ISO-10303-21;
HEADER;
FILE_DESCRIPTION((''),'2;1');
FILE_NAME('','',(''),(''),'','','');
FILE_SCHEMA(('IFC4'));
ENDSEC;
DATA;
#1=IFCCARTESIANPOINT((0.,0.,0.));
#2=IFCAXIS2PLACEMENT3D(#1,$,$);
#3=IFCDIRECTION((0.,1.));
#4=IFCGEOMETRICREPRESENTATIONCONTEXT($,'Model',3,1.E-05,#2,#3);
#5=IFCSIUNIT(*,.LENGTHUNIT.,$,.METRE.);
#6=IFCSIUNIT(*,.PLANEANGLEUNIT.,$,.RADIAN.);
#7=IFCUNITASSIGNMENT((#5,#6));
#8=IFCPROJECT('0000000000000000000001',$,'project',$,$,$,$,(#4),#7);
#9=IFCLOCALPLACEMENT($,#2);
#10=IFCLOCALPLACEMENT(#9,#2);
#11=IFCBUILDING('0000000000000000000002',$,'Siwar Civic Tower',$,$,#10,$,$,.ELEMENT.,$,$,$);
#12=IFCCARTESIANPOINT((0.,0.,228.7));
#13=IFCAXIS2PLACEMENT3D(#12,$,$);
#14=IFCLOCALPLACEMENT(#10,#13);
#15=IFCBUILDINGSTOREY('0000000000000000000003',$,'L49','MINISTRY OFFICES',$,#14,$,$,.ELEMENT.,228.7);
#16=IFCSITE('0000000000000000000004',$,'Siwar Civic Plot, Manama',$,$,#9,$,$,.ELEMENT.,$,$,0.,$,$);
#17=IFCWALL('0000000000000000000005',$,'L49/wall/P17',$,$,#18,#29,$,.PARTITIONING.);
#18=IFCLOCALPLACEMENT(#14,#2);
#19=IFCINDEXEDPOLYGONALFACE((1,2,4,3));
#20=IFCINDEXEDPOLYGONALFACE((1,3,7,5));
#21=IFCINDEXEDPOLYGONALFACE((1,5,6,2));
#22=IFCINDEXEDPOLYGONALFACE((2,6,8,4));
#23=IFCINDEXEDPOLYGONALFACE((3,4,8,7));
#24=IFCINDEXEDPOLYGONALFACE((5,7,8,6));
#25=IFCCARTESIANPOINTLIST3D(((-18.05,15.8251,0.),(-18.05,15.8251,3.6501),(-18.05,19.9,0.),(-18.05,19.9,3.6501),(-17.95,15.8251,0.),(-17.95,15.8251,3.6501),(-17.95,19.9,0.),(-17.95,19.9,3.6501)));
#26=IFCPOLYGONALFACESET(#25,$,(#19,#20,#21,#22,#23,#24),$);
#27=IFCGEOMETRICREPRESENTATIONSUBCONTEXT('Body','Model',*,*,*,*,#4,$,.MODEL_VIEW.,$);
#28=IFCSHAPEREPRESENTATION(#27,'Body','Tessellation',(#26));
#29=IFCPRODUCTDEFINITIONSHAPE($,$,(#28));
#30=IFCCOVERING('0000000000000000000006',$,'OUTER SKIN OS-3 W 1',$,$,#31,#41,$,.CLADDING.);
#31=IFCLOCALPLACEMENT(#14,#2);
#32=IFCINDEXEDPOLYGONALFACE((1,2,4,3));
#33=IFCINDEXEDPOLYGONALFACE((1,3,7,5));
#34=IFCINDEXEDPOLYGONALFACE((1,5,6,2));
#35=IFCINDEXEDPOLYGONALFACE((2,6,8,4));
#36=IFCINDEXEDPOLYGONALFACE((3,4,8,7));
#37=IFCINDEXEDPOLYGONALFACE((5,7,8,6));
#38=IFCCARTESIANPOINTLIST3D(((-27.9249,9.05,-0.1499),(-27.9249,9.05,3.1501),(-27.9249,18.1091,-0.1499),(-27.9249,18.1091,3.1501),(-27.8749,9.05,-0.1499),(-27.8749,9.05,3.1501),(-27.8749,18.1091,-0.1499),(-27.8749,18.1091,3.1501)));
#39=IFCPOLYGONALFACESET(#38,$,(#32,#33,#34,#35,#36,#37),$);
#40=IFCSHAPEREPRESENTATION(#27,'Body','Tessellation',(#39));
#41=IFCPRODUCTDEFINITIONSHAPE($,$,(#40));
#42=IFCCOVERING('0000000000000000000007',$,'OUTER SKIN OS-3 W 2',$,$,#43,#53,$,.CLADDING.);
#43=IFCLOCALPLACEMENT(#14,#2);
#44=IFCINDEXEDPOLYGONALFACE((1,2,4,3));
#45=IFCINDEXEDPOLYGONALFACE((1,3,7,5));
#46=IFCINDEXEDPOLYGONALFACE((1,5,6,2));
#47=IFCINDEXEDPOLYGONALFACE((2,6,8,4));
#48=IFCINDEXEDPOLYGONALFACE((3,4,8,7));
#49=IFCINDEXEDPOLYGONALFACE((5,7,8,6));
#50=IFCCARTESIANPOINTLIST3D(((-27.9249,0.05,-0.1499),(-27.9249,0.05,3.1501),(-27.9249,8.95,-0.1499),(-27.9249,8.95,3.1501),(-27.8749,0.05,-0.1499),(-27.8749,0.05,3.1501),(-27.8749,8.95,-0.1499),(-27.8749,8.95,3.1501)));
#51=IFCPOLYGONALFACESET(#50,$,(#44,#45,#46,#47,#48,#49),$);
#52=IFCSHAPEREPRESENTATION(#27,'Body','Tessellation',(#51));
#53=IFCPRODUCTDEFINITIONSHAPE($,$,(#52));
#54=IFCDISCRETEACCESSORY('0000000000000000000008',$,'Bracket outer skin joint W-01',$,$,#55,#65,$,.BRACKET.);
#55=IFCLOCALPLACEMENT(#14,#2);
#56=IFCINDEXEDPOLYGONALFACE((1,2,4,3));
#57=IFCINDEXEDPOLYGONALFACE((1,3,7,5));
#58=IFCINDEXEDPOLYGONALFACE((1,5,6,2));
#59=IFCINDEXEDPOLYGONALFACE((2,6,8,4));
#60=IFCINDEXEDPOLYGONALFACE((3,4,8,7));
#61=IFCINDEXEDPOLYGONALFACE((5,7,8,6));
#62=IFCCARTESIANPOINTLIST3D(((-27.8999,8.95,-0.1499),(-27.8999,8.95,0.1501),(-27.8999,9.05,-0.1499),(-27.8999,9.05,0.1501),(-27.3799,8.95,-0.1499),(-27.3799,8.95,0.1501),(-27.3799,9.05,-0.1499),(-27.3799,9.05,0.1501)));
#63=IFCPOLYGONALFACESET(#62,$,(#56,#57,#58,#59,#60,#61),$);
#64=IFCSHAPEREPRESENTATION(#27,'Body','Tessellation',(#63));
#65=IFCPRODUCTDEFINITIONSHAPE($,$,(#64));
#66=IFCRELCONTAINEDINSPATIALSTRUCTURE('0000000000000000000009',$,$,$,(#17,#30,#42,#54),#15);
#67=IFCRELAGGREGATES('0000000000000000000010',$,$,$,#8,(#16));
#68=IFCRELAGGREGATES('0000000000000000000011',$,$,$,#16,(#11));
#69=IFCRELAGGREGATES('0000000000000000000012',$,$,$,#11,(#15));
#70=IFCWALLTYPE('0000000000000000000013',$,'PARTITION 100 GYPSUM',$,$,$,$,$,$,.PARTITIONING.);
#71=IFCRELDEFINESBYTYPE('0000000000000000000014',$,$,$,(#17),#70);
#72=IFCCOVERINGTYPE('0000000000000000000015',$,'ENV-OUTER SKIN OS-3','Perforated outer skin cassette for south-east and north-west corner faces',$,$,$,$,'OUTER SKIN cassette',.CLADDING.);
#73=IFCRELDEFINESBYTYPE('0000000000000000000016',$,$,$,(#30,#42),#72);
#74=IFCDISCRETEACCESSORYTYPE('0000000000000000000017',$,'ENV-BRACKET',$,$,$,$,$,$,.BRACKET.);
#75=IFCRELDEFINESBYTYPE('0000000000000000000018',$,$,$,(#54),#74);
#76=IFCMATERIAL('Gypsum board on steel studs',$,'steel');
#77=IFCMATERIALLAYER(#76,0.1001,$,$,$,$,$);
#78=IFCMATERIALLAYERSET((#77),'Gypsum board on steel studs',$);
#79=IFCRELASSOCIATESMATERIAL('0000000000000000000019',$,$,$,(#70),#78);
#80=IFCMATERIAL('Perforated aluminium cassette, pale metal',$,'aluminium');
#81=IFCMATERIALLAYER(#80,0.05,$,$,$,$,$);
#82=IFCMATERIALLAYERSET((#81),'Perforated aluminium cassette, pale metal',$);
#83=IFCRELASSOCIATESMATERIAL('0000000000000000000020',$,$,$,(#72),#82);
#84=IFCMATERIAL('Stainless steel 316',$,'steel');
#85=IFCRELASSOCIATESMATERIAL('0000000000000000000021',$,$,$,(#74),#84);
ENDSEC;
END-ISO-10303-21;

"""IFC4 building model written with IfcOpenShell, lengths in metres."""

from ifc_helpers import new_model, si_unit, direction, frame, frame_2d, origin, origin_2d, place, context, subcontext, project, spatial, rectangle, extrude, material, layer, layer_set, type_object, element, save


model = new_model("IFC4")

# Units and contexts
model_context = context("Model", 3, precision=1e-05, world=origin(), true_north=direction((0.0, 1.0)))
body_context = subcontext(model_context, "Body", "Model", "MODEL_VIEW")
ifc_project = project(units=[si_unit("LENGTHUNIT", "METRE"), si_unit("PLANEANGLEUNIT", "RADIAN")], contexts=[model_context])

# Site, building, storey
site_placement = place(None, origin())
site = spatial("IfcSite", under=ifc_project, at=site_placement, Name="Siwar Civic Plot, Manama", CompositionType="ELEMENT", RefElevation=0.0)
building_placement = place(site_placement, origin())
building = spatial("IfcBuilding", under=site, at=building_placement, Name="Siwar Civic Tower", CompositionType="ELEMENT")
storey_placement = place(building_placement, frame((0.0, 0.0, 228.7)))
storey = spatial("IfcBuildingStorey", under=building, at=storey_placement, Name="L49", Description="MINISTRY OFFICES", CompositionType="ELEMENT", Elevation=228.7)

# Wall
ifc_material_1 = material(Name="Gypsum board on steel studs", Category="steel")
ifc_layer_1 = layer(ifc_material_1, 0.1001)
ifc_layer_set_1 = layer_set([ifc_layer_1], Name="Gypsum board on steel studs")
wall_type_1 = type_object("IfcWallType", Name="PARTITION 100 GYPSUM", PredefinedType="PARTITIONING", material=ifc_layer_set_1)
wall_1_placement = place(storey_placement, frame((-18.0, 15.825, 0.0), z_axis=(0.0, 0.0, 1.0), x_axis=(0.0, 1.0, 0.0)))
element("IfcWall", 1, at=wall_1_placement, inside=storey, type_object=wall_type_1, Name="L49/wall/P17", PredefinedType="PARTITIONING", context=body_context, shape_type="SweptSolid", body=[
    extrude(rectangle(XDim=4.075, YDim=0.1001, at=frame_2d((2.0376, 0.0))), origin(), (0.0, 0.0, 1.0), 3.6501),
])

# Coverings
ifc_material_2 = material(Name="Perforated aluminium cassette, pale metal", Category="aluminium")
ifc_layer_2 = layer(ifc_material_2, 0.05)
ifc_layer_set_2 = layer_set([ifc_layer_2], Name="Perforated aluminium cassette, pale metal")
covering_type = type_object("IfcCoveringType", Name="ENV-OUTER SKIN OS-3", Description="Perforated outer skin cassette for south-east and north-west corner faces", ElementType="OUTER SKIN cassette", PredefinedType="CLADDING", material=ifc_layer_set_2)
covering_1_placement = place(storey_placement, frame((-27.8999, 13.5796, -0.1499), z_axis=(0.0, 0.0, 1.0), x_axis=(0.0, -1.0, 0.0)))
element("IfcCovering", 2, at=covering_1_placement, inside=storey, type_object=covering_type, Name="OUTER SKIN OS-3 W 1", PredefinedType="CLADDING", context=body_context, shape_type="SweptSolid", body=[
    extrude(rectangle(XDim=9.0591, YDim=0.05, at=origin_2d()), origin(), (0.0, 0.0, 1.0), 3.3),
])
covering_2_placement = place(storey_placement, frame((-27.8999, 4.5, -0.1499), z_axis=(0.0, 0.0, 1.0), x_axis=(0.0, -1.0, 0.0)))
element("IfcCovering", 3, at=covering_2_placement, inside=storey, type_object=covering_type, Name="OUTER SKIN OS-3 W 2", PredefinedType="CLADDING", context=body_context, shape_type="SweptSolid", body=[
    extrude(rectangle(XDim=8.8999, YDim=0.05, at=origin_2d()), origin(), (0.0, 0.0, 1.0), 3.3),
])

# Discrete accessory
ifc_material_3 = material(Name="Stainless steel 316", Category="steel")
discrete_accessory_type = type_object("IfcDiscreteAccessoryType", Name="ENV-BRACKET", PredefinedType="BRACKET", material=ifc_material_3)
discrete_accessory_placement = place(storey_placement, frame((-27.6399, 9.0, -0.1499), z_axis=(0.0, 0.0, 1.0), x_axis=(-1.0, 0.0, 0.0)))
element("IfcDiscreteAccessory", 4, at=discrete_accessory_placement, inside=storey, type_object=discrete_accessory_type, Name="Bracket outer skin joint W-01", PredefinedType="BRACKET", context=body_context, shape_type="SweptSolid", body=[
    extrude(rectangle(XDim=0.52, YDim=0.1001, at=origin_2d()), origin(), (0.0, 0.0, 1.0), 0.3),
])

save(model, "model.ifc")
